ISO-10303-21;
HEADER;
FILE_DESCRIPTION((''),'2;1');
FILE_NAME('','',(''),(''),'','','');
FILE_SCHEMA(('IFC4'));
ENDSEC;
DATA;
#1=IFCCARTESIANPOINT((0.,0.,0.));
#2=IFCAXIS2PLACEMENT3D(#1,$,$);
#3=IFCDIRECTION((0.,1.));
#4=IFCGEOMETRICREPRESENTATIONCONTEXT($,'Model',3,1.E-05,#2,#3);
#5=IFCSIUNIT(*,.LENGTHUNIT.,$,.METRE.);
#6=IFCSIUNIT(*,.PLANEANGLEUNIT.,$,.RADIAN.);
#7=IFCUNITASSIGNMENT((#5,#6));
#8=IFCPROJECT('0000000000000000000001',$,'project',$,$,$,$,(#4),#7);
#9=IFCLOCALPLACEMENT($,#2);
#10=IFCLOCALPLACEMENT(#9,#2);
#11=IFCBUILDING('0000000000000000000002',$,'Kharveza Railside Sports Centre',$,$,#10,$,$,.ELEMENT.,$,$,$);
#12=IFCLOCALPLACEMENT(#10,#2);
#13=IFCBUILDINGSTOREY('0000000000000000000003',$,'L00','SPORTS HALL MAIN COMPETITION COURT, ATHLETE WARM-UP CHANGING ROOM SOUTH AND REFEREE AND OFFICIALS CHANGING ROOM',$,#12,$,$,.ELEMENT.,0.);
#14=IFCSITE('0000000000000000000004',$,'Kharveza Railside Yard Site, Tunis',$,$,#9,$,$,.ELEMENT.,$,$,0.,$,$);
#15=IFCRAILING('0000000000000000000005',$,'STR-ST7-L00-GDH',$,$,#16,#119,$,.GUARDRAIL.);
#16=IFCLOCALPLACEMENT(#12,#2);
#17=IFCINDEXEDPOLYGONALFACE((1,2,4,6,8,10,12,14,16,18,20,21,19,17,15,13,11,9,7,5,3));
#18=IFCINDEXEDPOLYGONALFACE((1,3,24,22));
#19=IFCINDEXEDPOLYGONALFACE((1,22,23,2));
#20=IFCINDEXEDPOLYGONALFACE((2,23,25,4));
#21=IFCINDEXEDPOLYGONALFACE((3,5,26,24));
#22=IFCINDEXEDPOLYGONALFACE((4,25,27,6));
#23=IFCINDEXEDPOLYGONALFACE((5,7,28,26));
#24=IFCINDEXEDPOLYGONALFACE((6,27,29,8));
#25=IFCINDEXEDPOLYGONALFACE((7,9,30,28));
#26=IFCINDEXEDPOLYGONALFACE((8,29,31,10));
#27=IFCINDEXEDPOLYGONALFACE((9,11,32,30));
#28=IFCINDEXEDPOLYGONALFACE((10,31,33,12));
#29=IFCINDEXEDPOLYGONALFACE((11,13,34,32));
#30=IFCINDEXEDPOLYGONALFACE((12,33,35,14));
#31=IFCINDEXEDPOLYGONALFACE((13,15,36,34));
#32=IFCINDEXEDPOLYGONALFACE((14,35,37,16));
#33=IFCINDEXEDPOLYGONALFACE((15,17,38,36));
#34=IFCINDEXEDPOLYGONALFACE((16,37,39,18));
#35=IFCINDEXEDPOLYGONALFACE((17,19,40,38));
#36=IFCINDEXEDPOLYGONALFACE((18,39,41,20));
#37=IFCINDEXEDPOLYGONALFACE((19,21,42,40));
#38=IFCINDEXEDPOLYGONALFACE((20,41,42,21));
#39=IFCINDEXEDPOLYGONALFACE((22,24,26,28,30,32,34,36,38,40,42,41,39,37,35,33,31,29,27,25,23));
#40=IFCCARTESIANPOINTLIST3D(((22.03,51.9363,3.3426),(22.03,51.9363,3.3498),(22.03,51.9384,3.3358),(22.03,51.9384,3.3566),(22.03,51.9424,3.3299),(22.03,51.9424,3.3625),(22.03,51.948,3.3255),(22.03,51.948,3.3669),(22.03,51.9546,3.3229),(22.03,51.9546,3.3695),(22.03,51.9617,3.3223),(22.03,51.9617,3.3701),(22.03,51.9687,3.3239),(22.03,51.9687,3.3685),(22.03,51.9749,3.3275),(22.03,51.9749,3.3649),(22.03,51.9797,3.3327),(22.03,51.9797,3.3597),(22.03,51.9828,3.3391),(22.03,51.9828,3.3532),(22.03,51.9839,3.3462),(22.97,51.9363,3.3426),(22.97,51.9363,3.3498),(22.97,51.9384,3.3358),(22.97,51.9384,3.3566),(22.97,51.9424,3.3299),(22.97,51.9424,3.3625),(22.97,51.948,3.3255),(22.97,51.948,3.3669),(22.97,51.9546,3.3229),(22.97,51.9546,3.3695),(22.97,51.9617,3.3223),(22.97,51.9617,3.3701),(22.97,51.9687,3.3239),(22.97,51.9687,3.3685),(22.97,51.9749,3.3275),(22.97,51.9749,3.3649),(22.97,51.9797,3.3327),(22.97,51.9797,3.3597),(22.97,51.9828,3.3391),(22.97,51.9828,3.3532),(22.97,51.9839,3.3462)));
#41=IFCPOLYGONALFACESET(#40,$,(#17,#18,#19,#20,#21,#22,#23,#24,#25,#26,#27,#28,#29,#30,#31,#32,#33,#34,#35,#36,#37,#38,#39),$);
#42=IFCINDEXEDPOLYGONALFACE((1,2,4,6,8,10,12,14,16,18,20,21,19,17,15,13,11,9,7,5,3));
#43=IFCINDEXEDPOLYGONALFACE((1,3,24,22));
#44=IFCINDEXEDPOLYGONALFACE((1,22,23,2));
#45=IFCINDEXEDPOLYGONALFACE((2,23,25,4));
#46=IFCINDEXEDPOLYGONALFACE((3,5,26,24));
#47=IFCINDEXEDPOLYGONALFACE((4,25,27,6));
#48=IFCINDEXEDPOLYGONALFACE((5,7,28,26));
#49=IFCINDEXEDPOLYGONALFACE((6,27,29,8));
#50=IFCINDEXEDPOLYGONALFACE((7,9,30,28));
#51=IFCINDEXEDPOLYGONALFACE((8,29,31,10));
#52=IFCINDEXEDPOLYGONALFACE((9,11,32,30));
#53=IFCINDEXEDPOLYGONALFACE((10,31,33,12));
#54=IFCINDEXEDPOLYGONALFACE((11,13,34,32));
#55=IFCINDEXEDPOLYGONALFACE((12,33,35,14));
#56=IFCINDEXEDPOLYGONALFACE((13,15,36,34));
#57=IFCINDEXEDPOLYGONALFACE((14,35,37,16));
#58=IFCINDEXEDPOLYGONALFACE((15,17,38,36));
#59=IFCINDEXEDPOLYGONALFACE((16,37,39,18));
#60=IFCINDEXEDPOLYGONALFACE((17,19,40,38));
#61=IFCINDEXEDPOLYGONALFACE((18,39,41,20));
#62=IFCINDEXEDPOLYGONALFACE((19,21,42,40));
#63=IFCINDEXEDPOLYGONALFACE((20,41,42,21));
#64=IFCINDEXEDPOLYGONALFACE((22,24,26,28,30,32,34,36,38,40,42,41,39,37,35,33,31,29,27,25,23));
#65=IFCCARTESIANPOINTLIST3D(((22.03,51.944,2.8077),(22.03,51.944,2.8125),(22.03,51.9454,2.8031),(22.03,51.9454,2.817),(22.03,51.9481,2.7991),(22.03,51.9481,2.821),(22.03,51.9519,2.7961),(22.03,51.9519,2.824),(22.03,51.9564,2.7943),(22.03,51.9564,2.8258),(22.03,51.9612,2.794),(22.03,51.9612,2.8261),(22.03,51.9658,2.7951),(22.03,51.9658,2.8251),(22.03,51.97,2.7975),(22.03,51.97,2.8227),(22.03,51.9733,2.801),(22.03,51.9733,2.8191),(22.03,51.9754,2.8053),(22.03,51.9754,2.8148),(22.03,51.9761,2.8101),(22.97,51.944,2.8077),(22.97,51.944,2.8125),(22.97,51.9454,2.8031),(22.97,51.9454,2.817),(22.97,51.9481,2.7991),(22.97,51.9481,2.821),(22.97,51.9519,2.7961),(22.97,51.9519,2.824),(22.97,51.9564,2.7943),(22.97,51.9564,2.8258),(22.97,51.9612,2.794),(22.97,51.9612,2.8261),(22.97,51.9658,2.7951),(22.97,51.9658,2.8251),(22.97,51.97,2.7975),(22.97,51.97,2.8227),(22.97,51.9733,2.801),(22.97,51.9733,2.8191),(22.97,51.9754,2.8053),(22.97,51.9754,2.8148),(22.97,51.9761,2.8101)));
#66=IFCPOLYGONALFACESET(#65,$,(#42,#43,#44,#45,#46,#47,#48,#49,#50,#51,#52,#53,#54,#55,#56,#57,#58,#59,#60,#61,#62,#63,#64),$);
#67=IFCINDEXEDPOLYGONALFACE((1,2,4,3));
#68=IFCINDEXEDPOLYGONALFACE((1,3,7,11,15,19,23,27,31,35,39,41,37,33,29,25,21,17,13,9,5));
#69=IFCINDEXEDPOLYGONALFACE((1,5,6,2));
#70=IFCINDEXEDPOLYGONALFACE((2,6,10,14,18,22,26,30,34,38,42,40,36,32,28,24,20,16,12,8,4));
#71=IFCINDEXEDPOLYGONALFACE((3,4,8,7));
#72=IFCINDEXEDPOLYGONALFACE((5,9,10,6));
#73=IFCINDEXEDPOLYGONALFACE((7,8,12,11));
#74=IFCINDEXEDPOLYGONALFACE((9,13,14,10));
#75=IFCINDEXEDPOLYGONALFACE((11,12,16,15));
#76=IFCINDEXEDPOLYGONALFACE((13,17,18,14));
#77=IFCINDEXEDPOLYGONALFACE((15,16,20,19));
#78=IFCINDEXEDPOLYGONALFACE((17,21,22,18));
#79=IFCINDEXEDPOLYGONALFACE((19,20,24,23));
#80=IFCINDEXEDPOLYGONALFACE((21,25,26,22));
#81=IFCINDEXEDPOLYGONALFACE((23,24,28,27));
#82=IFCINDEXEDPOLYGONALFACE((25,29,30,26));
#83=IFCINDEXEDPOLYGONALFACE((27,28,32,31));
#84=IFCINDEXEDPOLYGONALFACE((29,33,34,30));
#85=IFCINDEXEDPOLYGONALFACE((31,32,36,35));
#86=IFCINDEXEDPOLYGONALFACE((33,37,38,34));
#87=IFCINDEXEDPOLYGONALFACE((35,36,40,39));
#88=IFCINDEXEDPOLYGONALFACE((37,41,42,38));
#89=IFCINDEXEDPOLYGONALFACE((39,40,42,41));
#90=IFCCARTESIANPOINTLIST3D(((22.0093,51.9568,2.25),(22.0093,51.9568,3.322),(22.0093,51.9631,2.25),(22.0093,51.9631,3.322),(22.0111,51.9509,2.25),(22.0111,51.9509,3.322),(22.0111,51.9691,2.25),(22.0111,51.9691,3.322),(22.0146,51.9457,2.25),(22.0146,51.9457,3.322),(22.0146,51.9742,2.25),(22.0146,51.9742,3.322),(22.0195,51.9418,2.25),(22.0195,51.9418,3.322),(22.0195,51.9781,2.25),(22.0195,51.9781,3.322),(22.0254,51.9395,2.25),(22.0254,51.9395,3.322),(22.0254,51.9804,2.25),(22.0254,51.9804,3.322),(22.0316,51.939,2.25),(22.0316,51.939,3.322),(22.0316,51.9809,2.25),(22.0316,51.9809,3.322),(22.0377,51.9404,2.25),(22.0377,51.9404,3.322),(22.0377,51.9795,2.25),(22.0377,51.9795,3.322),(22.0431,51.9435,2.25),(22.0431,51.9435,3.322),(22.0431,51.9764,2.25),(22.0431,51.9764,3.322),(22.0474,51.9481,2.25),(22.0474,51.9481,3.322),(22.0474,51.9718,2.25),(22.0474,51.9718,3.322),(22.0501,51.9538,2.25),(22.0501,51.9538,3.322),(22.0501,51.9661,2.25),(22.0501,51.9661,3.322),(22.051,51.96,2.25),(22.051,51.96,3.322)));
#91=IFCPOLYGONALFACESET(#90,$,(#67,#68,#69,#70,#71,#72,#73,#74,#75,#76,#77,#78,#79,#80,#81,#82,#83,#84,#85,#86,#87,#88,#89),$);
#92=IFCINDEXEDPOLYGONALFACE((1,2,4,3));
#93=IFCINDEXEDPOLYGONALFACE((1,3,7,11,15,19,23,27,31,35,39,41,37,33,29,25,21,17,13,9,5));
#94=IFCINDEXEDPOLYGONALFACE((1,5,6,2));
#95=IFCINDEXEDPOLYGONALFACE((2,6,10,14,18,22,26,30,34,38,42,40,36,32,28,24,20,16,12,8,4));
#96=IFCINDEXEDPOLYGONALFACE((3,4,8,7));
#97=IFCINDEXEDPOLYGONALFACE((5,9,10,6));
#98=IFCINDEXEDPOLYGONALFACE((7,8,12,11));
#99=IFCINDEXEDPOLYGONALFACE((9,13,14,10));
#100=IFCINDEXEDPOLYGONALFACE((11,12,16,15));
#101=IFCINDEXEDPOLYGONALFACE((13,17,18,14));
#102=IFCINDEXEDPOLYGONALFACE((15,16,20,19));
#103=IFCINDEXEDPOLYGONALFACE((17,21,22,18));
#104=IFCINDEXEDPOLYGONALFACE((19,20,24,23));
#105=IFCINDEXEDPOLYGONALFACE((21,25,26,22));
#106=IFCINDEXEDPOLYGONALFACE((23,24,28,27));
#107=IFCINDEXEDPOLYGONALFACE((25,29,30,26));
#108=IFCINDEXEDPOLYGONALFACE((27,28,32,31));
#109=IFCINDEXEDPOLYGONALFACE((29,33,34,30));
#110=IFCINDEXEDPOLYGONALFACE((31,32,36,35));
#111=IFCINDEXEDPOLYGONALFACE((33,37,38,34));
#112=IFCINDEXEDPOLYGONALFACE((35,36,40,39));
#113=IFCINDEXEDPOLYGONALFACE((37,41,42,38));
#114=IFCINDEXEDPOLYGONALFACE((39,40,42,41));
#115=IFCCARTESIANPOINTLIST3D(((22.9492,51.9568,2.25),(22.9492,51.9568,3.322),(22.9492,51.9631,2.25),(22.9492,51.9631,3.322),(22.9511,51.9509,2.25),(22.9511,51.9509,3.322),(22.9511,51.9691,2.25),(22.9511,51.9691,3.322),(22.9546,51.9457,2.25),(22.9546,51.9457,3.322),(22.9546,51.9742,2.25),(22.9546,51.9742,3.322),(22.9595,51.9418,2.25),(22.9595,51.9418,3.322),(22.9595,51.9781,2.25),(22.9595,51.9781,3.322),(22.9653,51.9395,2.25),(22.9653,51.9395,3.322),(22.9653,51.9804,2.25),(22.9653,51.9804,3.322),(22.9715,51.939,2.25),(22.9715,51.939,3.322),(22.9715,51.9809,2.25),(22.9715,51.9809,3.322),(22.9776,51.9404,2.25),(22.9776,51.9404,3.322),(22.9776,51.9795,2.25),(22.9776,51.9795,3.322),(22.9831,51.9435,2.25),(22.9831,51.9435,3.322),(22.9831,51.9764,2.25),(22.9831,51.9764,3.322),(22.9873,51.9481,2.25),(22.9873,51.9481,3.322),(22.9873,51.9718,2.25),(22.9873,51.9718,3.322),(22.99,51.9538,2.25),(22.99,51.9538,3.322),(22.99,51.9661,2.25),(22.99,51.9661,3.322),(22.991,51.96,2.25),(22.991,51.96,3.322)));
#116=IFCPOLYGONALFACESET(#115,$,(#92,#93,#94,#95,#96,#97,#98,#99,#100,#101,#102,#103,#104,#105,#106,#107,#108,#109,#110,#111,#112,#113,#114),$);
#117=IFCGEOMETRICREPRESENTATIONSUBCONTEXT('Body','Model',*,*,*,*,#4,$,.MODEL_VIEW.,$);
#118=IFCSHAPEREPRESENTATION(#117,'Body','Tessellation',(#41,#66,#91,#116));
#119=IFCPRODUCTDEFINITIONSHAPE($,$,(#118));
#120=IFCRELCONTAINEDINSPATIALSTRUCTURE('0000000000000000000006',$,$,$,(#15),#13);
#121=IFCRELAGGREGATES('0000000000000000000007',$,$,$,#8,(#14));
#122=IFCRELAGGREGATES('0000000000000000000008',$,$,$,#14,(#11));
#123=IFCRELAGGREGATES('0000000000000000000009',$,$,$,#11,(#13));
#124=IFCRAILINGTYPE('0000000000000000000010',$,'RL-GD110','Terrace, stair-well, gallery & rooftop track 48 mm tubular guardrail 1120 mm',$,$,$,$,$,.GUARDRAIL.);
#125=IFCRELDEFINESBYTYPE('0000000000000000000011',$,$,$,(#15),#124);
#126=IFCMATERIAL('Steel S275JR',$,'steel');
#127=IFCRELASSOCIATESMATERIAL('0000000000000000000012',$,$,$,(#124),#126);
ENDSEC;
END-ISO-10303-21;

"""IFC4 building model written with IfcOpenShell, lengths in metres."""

from ifc_helpers import new_model, si_unit, direction, frame, origin, origin_2d, place, context, subcontext, project, spatial, circle, extrude, material, type_object, element, save


model = new_model("IFC4")

# Units and contexts
model_context = context("Model", 3, precision=1e-05, world=origin(), true_north=direction((0.0, 1.0)))
body_context = subcontext(model_context, "Body", "Model", "MODEL_VIEW")
ifc_project = project(units=[si_unit("LENGTHUNIT", "METRE"), si_unit("PLANEANGLEUNIT", "RADIAN")], contexts=[model_context])

# Site, building, storey
site_placement = place(None, origin())
site = spatial("IfcSite", under=ifc_project, at=site_placement, Name="Kharveza Railside Yard Site, Tunis", CompositionType="ELEMENT", RefElevation=0.0)
building_placement = place(site_placement, origin())
building = spatial("IfcBuilding", under=site, at=building_placement, Name="Kharveza Railside Sports Centre", CompositionType="ELEMENT")
storey_placement = place(building_placement, origin())
storey = spatial("IfcBuildingStorey", under=building, at=storey_placement, Name="L00", Description="SPORTS HALL MAIN COMPETITION COURT, ATHLETE WARM-UP CHANGING ROOM SOUTH AND REFEREE AND OFFICIALS CHANGING ROOM", CompositionType="ELEMENT", Elevation=0.0)

# Railing
ifc_material_1 = material(Name="Steel S275JR", Category="steel")
railing_type_1 = type_object("IfcRailingType", Name="RL-GD110", Description="Terrace, stair-well, gallery & rooftop track 48 mm tubular guardrail 1120 mm", PredefinedType="GUARDRAIL", material=ifc_material_1)
railing_1_placement = place(storey_placement, frame((22.03, 51.96, 2.25)))
element("IfcRailing", 1, at=railing_1_placement, inside=storey, type_object=railing_type_1, Name="STR-ST7-L00-GDH", PredefinedType="GUARDRAIL", context=body_context, shape_type="SweptSolid", body=[
    extrude(circle(Radius=0.0239, at=origin_2d()), frame((0.0, 0.0, 1.0962), z_axis=(1.0, 0.0, 0.0), x_axis=(0.0, 1.0, 0.0)), (0.0, 0.0, 1.0), 0.9399),
    extrude(circle(Radius=0.0161, at=origin_2d()), frame((0.0, 0.0, 0.5601), z_axis=(1.0, 0.0, 0.0), x_axis=(0.0, 1.0, 0.0)), (0.0, 0.0, 1.0), 0.9399),
    extrude(circle(Radius=0.021, at=origin_2d()), origin(), (0.0, 0.0, 1.0), 1.072),
    extrude(circle(Radius=0.021, at=origin_2d()), frame((0.9399, 0.0, 0.0)), (0.0, 0.0, 1.0), 1.072),
])

save(model, "model.ifc")
